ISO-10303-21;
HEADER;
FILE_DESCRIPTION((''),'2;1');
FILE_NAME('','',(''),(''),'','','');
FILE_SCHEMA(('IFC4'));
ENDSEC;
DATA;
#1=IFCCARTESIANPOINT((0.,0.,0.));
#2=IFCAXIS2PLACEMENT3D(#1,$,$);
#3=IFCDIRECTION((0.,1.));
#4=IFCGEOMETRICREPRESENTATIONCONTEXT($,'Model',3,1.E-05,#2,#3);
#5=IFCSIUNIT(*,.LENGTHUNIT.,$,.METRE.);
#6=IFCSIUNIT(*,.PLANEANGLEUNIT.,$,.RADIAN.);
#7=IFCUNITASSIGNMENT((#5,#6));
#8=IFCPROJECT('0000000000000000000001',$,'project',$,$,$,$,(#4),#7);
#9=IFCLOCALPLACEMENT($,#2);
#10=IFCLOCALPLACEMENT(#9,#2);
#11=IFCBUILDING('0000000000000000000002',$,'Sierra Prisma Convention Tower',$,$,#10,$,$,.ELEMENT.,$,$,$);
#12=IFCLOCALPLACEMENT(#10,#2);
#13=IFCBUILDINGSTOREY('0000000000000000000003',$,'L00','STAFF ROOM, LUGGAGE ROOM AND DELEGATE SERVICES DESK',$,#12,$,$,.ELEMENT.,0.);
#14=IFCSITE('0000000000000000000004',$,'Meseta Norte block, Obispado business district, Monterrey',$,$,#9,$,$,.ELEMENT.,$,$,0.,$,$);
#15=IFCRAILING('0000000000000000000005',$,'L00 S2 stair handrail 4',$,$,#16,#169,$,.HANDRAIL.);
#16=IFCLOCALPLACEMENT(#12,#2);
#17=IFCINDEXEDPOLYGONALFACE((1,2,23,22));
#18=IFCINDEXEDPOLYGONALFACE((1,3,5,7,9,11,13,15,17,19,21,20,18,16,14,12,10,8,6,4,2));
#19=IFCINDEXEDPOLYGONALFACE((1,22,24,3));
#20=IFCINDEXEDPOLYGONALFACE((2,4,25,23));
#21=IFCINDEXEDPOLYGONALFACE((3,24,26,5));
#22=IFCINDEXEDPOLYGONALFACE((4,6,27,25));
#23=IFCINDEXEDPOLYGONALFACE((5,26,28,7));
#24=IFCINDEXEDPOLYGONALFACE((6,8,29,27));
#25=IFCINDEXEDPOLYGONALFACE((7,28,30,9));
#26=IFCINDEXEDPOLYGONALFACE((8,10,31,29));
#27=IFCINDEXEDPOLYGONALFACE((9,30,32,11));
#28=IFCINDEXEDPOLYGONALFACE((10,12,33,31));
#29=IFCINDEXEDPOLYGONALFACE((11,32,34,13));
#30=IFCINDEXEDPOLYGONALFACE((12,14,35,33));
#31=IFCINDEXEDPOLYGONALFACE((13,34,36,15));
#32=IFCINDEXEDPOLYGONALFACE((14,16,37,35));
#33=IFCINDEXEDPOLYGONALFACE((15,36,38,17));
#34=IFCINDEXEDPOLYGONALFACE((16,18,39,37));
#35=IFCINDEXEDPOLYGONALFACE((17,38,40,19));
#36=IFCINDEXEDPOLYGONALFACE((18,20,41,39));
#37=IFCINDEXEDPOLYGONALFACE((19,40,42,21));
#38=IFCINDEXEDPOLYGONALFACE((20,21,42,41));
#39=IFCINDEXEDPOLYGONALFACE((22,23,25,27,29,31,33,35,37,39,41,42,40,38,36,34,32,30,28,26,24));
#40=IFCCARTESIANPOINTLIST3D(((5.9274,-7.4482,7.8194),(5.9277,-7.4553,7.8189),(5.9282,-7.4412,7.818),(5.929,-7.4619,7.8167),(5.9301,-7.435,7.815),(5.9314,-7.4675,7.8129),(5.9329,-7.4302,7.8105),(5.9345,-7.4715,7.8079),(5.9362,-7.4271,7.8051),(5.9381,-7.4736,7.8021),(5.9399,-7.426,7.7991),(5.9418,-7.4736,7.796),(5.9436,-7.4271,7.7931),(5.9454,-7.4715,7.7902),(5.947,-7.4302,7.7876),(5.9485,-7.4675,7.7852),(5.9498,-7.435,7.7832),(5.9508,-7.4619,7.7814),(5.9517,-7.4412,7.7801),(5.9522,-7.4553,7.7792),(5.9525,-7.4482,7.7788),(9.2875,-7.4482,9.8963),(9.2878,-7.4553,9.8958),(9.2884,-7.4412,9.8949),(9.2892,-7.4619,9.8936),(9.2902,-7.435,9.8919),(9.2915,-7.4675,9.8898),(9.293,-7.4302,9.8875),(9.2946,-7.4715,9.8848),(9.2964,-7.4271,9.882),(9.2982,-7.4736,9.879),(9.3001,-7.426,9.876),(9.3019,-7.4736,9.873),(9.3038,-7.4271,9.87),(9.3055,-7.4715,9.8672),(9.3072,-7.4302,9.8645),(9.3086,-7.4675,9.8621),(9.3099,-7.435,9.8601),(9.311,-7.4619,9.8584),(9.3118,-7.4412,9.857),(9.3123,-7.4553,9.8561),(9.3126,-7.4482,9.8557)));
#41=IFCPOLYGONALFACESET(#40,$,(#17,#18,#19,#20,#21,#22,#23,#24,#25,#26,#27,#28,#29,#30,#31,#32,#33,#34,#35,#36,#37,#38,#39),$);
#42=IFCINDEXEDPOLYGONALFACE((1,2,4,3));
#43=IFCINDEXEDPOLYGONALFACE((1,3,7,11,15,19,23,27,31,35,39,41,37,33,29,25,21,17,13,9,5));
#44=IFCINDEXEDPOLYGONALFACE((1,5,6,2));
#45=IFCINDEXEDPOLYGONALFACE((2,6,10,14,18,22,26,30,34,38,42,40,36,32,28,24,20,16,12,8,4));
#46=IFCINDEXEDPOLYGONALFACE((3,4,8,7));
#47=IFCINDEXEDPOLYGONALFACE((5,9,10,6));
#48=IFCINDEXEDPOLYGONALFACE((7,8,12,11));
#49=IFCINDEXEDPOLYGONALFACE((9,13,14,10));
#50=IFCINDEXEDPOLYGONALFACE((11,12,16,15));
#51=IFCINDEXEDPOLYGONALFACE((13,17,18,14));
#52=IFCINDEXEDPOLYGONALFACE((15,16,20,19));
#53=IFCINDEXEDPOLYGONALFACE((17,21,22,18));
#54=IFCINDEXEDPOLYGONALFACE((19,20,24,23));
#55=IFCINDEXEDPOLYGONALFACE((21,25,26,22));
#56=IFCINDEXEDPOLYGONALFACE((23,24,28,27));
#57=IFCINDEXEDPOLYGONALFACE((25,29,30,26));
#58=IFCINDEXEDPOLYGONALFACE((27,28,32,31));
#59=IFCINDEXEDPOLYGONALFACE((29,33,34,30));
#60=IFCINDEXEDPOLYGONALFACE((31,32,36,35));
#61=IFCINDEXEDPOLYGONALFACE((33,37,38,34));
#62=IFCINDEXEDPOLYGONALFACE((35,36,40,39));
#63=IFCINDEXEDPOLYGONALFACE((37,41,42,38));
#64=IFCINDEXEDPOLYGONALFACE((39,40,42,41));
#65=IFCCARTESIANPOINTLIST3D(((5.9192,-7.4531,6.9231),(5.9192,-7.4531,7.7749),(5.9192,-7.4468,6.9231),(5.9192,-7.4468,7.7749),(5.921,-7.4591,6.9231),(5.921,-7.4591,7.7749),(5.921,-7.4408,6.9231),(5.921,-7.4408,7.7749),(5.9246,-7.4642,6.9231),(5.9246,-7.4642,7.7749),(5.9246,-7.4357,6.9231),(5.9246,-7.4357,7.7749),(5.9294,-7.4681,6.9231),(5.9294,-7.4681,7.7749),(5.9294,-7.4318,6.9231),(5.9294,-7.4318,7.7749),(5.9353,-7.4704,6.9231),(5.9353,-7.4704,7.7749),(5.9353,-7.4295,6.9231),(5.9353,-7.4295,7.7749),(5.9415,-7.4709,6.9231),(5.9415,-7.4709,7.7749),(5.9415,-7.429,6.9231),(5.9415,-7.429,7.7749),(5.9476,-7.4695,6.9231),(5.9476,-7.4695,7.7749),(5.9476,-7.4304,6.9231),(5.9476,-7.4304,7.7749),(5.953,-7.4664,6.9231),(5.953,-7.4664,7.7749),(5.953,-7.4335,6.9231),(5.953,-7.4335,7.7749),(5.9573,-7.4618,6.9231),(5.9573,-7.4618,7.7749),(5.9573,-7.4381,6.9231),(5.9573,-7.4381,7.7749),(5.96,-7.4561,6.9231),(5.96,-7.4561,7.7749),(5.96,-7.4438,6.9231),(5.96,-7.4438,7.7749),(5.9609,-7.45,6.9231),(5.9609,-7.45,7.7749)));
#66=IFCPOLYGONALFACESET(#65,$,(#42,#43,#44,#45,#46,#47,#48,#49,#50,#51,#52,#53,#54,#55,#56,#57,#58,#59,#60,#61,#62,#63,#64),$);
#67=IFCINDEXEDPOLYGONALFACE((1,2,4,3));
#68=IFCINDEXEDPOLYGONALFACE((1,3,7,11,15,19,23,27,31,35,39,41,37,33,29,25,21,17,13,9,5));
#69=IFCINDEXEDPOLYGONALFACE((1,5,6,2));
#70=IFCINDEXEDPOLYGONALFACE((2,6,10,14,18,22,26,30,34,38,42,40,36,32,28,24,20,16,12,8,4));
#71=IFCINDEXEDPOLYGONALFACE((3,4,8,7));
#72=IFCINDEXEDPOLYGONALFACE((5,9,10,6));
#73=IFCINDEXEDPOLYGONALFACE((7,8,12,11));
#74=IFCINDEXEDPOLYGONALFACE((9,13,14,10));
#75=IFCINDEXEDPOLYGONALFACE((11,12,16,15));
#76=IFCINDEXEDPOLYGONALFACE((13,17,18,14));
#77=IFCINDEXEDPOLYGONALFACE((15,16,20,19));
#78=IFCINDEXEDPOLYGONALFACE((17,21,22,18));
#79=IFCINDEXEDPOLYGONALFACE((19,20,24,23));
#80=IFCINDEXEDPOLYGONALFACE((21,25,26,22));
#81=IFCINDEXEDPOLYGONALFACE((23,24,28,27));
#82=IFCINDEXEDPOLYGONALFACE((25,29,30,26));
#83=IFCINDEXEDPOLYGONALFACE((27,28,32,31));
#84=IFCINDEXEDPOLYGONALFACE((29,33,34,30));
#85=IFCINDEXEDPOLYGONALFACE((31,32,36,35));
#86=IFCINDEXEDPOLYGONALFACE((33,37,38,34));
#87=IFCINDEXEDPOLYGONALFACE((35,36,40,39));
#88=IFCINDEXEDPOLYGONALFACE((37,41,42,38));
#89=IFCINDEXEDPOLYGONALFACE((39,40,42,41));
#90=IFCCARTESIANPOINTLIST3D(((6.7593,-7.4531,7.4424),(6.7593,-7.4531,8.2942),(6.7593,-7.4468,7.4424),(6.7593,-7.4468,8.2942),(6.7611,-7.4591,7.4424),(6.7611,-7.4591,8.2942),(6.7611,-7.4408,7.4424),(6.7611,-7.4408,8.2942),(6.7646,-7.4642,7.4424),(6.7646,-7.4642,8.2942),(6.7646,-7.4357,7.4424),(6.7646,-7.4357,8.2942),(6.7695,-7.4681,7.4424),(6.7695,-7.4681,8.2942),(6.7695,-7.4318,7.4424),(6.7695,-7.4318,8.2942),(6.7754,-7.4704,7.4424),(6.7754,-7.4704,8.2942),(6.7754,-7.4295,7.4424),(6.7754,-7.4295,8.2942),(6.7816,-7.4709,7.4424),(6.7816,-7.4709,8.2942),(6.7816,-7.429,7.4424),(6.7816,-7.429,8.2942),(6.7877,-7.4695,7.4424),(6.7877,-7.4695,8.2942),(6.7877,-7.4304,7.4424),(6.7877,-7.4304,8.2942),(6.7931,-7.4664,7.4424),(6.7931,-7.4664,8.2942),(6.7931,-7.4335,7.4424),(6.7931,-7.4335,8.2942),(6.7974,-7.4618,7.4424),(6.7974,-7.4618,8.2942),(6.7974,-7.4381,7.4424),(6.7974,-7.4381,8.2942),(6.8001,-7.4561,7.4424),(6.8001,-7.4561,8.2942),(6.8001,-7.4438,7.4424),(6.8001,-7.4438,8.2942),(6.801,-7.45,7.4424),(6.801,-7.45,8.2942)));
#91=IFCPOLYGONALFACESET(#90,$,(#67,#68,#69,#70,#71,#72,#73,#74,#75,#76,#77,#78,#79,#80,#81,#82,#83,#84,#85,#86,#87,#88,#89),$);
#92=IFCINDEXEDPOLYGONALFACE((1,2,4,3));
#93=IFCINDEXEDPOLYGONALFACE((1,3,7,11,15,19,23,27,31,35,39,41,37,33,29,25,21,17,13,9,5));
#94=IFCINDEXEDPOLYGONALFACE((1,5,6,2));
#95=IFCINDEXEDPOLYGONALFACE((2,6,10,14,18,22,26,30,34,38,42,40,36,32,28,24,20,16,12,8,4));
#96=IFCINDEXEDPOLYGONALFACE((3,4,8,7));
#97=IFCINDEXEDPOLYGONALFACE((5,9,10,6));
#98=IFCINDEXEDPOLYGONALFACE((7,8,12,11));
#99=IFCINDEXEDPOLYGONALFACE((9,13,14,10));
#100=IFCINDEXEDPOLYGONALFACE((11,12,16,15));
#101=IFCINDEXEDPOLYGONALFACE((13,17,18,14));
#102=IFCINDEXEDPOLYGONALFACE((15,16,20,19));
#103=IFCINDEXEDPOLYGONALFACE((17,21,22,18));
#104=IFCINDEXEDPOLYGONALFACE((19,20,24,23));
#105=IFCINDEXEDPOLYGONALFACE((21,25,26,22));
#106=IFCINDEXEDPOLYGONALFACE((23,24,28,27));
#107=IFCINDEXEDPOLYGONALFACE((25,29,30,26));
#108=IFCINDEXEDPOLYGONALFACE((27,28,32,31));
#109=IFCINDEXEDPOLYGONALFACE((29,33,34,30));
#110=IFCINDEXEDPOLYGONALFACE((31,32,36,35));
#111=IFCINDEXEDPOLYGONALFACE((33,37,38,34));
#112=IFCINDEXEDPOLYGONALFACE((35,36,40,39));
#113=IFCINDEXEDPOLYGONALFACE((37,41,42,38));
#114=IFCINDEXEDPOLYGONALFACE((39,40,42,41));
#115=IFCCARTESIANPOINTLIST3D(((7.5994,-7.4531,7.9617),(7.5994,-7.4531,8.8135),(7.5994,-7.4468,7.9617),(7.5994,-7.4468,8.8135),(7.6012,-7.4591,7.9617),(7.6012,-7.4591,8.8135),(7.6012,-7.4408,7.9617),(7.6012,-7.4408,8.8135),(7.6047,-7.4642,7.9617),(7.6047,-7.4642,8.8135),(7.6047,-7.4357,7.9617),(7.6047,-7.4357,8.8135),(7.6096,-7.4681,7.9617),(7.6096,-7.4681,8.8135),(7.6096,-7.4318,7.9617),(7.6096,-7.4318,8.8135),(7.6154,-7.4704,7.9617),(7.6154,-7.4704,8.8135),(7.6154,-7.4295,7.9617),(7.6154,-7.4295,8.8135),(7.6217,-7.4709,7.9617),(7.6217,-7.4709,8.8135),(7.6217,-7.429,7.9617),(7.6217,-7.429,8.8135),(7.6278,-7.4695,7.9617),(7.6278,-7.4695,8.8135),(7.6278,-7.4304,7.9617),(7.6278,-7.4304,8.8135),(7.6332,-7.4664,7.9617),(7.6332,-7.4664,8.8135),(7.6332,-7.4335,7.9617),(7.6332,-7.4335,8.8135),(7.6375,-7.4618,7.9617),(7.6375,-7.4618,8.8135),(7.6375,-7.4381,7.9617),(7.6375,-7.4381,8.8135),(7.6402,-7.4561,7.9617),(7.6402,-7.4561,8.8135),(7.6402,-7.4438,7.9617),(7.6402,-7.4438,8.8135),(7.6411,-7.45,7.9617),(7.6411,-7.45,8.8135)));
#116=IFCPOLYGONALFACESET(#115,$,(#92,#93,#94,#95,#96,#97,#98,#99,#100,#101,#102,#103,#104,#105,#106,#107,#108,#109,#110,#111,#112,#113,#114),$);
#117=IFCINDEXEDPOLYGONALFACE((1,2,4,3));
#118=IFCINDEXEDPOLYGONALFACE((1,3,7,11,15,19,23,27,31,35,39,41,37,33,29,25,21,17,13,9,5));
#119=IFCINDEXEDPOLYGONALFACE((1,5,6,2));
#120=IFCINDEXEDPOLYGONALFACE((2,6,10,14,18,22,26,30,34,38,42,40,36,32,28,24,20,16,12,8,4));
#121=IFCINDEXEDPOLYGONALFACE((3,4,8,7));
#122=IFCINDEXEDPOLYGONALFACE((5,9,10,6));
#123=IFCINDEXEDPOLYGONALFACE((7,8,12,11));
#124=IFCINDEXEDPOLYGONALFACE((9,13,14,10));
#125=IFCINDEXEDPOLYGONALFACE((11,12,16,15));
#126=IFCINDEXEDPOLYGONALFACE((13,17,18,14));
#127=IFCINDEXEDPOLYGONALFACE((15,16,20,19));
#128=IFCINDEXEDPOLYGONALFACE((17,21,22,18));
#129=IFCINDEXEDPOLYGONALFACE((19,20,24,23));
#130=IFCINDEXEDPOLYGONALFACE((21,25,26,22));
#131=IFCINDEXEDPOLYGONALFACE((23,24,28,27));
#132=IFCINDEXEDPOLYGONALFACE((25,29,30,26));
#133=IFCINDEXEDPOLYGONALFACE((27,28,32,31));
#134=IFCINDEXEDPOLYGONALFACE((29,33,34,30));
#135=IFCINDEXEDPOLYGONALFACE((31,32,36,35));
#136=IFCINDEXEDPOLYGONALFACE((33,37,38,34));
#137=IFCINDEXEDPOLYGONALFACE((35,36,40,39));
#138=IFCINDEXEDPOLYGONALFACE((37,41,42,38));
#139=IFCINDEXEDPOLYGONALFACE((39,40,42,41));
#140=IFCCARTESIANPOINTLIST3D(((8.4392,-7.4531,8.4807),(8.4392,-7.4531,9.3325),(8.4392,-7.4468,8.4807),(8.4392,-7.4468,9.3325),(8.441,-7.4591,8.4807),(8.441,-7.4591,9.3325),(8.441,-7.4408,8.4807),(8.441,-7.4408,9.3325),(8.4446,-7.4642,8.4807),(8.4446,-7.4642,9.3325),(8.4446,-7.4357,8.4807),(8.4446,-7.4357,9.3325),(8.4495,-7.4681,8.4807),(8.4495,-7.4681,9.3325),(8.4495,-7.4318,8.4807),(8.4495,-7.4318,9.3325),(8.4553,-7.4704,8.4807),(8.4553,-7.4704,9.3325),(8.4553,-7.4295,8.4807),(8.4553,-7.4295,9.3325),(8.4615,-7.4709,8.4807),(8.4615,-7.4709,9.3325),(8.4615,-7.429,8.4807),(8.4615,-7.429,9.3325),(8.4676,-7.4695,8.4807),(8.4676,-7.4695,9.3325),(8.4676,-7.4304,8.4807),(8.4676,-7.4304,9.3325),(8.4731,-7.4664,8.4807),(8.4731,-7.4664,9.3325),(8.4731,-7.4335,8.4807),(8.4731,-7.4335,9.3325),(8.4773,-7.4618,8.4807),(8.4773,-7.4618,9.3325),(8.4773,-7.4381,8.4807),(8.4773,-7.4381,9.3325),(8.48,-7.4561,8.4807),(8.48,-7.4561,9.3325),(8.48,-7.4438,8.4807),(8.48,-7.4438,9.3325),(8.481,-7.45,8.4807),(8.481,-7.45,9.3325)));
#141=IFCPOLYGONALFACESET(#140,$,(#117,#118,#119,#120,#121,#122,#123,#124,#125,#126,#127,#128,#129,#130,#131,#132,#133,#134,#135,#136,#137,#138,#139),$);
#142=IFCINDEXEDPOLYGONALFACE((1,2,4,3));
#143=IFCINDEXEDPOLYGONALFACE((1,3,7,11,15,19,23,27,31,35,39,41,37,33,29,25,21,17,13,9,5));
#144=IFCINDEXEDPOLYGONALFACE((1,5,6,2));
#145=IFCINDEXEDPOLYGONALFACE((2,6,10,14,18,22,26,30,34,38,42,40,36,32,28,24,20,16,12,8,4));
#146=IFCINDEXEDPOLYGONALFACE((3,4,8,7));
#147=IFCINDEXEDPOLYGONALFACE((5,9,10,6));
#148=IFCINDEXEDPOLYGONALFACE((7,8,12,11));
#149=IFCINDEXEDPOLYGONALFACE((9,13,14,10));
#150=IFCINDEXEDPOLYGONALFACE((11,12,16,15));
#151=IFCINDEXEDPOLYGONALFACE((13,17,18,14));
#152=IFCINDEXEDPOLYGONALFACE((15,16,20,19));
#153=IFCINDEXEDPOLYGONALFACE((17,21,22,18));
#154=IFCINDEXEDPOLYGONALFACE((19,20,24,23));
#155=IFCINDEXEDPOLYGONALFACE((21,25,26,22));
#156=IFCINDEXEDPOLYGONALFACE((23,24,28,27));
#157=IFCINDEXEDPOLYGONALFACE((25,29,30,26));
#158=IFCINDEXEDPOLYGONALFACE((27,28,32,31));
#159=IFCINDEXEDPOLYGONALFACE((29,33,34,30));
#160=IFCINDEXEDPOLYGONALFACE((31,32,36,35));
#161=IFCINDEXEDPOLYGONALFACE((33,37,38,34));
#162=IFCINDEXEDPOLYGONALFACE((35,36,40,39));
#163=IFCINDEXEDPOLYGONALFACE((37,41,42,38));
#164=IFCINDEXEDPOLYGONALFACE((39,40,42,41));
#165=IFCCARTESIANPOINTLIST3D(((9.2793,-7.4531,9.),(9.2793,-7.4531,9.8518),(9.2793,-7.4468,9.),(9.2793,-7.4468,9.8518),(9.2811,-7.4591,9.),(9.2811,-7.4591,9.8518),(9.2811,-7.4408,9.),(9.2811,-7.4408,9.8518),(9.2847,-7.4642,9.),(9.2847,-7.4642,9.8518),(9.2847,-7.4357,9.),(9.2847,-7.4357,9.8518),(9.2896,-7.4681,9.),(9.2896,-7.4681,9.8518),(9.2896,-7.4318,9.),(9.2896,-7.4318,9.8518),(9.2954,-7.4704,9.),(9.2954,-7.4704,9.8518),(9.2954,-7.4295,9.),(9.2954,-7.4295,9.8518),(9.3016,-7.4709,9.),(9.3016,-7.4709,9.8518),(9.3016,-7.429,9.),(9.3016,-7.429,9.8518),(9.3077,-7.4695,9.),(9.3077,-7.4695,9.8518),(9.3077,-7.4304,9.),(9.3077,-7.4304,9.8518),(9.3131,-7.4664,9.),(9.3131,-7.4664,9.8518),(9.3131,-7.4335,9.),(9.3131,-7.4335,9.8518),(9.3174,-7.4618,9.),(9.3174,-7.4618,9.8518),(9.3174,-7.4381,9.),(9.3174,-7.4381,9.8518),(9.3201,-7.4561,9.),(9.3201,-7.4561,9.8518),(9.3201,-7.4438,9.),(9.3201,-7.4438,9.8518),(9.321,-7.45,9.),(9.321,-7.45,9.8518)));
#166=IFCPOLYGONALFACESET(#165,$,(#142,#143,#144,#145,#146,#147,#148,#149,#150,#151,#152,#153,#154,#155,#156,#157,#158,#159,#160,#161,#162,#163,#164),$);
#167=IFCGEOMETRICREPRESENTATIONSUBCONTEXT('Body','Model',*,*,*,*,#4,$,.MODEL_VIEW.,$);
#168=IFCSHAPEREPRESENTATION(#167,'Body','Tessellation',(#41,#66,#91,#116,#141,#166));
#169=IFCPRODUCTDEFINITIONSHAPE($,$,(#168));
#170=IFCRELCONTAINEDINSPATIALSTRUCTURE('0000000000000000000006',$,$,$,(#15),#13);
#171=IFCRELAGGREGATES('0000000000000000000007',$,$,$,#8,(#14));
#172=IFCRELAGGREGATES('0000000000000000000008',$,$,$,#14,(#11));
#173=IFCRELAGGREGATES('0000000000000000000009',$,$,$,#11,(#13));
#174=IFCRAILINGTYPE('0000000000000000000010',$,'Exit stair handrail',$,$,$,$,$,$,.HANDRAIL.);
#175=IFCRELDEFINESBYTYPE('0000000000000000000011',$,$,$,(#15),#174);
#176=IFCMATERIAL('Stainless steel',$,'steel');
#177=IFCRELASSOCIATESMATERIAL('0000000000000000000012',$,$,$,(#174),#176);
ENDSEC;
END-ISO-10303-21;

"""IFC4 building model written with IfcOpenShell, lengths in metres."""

from ifc_helpers import new_model, si_unit, direction, frame, origin, origin_2d, place, context, subcontext, project, spatial, circle, extrude, material, type_object, element, save


model = new_model("IFC4")

# Units and contexts
model_context = context("Model", 3, precision=1e-05, world=origin(), true_north=direction((0.0, 1.0)))
body_context = subcontext(model_context, "Body", "Model", "MODEL_VIEW")
ifc_project = project(units=[si_unit("LENGTHUNIT", "METRE"), si_unit("PLANEANGLEUNIT", "RADIAN")], contexts=[model_context])

# Site, building, storey
site_placement = place(None, origin())
site = spatial("IfcSite", under=ifc_project, at=site_placement, Name="Meseta Norte block, Obispado business district, Monterrey", CompositionType="ELEMENT", RefElevation=0.0)
building_placement = place(site_placement, origin())
building = spatial("IfcBuilding", under=site, at=building_placement, Name="Sierra Prisma Convention Tower", CompositionType="ELEMENT")
storey_placement = place(building_placement, origin())
storey = spatial("IfcBuildingStorey", under=building, at=storey_placement, Name="L00", Description="STAFF ROOM, LUGGAGE ROOM AND DELEGATE SERVICES DESK", CompositionType="ELEMENT", Elevation=0.0)

# Railing
ifc_material_1 = material(Name="Stainless steel", Category="steel")
railing_type_1 = type_object("IfcRailingType", Name="Exit stair handrail", PredefinedType="HANDRAIL", material=ifc_material_1)
for number, where, name in (
    (1, (5.9399, -7.45, 6.9231), "L00 S2 stair handrail 4"),
):
    element("IfcRailing", number, at=place(storey_placement, frame(where)), inside=storey, type_object=railing_type_1, Name=name, PredefinedType="HANDRAIL", context=body_context, shape_type="SweptSolid", body=[
        extrude(circle(Radius=0.0239, at=origin_2d()), frame((0.0, 0.0, 0.876), z_axis=(0.850623, 0.0, 0.525776), x_axis=(0.0, 1.0, 0.0)), (0.0, 0.0, 1.0), 3.9502),
        extrude(circle(Radius=0.021, at=origin_2d()), origin(), (0.0, 0.0, 1.0), 0.8518),
        extrude(circle(Radius=0.021, at=origin_2d()), frame((0.8401, 0.0, 0.5193)), (0.0, 0.0, 1.0), 0.8518),
        extrude(circle(Radius=0.021, at=origin_2d()), frame((1.6802, 0.0, 1.0386)), (0.0, 0.0, 1.0), 0.8518),
        extrude(circle(Radius=0.021, at=origin_2d()), frame((2.52, 0.0, 1.5576)), (0.0, 0.0, 1.0), 0.8518),
        extrude(circle(Radius=0.021, at=origin_2d()), frame((3.3601, 0.0, 2.0769)), (0.0, 0.0, 1.0), 0.8518),
    ])

save(model, "model.ifc")
